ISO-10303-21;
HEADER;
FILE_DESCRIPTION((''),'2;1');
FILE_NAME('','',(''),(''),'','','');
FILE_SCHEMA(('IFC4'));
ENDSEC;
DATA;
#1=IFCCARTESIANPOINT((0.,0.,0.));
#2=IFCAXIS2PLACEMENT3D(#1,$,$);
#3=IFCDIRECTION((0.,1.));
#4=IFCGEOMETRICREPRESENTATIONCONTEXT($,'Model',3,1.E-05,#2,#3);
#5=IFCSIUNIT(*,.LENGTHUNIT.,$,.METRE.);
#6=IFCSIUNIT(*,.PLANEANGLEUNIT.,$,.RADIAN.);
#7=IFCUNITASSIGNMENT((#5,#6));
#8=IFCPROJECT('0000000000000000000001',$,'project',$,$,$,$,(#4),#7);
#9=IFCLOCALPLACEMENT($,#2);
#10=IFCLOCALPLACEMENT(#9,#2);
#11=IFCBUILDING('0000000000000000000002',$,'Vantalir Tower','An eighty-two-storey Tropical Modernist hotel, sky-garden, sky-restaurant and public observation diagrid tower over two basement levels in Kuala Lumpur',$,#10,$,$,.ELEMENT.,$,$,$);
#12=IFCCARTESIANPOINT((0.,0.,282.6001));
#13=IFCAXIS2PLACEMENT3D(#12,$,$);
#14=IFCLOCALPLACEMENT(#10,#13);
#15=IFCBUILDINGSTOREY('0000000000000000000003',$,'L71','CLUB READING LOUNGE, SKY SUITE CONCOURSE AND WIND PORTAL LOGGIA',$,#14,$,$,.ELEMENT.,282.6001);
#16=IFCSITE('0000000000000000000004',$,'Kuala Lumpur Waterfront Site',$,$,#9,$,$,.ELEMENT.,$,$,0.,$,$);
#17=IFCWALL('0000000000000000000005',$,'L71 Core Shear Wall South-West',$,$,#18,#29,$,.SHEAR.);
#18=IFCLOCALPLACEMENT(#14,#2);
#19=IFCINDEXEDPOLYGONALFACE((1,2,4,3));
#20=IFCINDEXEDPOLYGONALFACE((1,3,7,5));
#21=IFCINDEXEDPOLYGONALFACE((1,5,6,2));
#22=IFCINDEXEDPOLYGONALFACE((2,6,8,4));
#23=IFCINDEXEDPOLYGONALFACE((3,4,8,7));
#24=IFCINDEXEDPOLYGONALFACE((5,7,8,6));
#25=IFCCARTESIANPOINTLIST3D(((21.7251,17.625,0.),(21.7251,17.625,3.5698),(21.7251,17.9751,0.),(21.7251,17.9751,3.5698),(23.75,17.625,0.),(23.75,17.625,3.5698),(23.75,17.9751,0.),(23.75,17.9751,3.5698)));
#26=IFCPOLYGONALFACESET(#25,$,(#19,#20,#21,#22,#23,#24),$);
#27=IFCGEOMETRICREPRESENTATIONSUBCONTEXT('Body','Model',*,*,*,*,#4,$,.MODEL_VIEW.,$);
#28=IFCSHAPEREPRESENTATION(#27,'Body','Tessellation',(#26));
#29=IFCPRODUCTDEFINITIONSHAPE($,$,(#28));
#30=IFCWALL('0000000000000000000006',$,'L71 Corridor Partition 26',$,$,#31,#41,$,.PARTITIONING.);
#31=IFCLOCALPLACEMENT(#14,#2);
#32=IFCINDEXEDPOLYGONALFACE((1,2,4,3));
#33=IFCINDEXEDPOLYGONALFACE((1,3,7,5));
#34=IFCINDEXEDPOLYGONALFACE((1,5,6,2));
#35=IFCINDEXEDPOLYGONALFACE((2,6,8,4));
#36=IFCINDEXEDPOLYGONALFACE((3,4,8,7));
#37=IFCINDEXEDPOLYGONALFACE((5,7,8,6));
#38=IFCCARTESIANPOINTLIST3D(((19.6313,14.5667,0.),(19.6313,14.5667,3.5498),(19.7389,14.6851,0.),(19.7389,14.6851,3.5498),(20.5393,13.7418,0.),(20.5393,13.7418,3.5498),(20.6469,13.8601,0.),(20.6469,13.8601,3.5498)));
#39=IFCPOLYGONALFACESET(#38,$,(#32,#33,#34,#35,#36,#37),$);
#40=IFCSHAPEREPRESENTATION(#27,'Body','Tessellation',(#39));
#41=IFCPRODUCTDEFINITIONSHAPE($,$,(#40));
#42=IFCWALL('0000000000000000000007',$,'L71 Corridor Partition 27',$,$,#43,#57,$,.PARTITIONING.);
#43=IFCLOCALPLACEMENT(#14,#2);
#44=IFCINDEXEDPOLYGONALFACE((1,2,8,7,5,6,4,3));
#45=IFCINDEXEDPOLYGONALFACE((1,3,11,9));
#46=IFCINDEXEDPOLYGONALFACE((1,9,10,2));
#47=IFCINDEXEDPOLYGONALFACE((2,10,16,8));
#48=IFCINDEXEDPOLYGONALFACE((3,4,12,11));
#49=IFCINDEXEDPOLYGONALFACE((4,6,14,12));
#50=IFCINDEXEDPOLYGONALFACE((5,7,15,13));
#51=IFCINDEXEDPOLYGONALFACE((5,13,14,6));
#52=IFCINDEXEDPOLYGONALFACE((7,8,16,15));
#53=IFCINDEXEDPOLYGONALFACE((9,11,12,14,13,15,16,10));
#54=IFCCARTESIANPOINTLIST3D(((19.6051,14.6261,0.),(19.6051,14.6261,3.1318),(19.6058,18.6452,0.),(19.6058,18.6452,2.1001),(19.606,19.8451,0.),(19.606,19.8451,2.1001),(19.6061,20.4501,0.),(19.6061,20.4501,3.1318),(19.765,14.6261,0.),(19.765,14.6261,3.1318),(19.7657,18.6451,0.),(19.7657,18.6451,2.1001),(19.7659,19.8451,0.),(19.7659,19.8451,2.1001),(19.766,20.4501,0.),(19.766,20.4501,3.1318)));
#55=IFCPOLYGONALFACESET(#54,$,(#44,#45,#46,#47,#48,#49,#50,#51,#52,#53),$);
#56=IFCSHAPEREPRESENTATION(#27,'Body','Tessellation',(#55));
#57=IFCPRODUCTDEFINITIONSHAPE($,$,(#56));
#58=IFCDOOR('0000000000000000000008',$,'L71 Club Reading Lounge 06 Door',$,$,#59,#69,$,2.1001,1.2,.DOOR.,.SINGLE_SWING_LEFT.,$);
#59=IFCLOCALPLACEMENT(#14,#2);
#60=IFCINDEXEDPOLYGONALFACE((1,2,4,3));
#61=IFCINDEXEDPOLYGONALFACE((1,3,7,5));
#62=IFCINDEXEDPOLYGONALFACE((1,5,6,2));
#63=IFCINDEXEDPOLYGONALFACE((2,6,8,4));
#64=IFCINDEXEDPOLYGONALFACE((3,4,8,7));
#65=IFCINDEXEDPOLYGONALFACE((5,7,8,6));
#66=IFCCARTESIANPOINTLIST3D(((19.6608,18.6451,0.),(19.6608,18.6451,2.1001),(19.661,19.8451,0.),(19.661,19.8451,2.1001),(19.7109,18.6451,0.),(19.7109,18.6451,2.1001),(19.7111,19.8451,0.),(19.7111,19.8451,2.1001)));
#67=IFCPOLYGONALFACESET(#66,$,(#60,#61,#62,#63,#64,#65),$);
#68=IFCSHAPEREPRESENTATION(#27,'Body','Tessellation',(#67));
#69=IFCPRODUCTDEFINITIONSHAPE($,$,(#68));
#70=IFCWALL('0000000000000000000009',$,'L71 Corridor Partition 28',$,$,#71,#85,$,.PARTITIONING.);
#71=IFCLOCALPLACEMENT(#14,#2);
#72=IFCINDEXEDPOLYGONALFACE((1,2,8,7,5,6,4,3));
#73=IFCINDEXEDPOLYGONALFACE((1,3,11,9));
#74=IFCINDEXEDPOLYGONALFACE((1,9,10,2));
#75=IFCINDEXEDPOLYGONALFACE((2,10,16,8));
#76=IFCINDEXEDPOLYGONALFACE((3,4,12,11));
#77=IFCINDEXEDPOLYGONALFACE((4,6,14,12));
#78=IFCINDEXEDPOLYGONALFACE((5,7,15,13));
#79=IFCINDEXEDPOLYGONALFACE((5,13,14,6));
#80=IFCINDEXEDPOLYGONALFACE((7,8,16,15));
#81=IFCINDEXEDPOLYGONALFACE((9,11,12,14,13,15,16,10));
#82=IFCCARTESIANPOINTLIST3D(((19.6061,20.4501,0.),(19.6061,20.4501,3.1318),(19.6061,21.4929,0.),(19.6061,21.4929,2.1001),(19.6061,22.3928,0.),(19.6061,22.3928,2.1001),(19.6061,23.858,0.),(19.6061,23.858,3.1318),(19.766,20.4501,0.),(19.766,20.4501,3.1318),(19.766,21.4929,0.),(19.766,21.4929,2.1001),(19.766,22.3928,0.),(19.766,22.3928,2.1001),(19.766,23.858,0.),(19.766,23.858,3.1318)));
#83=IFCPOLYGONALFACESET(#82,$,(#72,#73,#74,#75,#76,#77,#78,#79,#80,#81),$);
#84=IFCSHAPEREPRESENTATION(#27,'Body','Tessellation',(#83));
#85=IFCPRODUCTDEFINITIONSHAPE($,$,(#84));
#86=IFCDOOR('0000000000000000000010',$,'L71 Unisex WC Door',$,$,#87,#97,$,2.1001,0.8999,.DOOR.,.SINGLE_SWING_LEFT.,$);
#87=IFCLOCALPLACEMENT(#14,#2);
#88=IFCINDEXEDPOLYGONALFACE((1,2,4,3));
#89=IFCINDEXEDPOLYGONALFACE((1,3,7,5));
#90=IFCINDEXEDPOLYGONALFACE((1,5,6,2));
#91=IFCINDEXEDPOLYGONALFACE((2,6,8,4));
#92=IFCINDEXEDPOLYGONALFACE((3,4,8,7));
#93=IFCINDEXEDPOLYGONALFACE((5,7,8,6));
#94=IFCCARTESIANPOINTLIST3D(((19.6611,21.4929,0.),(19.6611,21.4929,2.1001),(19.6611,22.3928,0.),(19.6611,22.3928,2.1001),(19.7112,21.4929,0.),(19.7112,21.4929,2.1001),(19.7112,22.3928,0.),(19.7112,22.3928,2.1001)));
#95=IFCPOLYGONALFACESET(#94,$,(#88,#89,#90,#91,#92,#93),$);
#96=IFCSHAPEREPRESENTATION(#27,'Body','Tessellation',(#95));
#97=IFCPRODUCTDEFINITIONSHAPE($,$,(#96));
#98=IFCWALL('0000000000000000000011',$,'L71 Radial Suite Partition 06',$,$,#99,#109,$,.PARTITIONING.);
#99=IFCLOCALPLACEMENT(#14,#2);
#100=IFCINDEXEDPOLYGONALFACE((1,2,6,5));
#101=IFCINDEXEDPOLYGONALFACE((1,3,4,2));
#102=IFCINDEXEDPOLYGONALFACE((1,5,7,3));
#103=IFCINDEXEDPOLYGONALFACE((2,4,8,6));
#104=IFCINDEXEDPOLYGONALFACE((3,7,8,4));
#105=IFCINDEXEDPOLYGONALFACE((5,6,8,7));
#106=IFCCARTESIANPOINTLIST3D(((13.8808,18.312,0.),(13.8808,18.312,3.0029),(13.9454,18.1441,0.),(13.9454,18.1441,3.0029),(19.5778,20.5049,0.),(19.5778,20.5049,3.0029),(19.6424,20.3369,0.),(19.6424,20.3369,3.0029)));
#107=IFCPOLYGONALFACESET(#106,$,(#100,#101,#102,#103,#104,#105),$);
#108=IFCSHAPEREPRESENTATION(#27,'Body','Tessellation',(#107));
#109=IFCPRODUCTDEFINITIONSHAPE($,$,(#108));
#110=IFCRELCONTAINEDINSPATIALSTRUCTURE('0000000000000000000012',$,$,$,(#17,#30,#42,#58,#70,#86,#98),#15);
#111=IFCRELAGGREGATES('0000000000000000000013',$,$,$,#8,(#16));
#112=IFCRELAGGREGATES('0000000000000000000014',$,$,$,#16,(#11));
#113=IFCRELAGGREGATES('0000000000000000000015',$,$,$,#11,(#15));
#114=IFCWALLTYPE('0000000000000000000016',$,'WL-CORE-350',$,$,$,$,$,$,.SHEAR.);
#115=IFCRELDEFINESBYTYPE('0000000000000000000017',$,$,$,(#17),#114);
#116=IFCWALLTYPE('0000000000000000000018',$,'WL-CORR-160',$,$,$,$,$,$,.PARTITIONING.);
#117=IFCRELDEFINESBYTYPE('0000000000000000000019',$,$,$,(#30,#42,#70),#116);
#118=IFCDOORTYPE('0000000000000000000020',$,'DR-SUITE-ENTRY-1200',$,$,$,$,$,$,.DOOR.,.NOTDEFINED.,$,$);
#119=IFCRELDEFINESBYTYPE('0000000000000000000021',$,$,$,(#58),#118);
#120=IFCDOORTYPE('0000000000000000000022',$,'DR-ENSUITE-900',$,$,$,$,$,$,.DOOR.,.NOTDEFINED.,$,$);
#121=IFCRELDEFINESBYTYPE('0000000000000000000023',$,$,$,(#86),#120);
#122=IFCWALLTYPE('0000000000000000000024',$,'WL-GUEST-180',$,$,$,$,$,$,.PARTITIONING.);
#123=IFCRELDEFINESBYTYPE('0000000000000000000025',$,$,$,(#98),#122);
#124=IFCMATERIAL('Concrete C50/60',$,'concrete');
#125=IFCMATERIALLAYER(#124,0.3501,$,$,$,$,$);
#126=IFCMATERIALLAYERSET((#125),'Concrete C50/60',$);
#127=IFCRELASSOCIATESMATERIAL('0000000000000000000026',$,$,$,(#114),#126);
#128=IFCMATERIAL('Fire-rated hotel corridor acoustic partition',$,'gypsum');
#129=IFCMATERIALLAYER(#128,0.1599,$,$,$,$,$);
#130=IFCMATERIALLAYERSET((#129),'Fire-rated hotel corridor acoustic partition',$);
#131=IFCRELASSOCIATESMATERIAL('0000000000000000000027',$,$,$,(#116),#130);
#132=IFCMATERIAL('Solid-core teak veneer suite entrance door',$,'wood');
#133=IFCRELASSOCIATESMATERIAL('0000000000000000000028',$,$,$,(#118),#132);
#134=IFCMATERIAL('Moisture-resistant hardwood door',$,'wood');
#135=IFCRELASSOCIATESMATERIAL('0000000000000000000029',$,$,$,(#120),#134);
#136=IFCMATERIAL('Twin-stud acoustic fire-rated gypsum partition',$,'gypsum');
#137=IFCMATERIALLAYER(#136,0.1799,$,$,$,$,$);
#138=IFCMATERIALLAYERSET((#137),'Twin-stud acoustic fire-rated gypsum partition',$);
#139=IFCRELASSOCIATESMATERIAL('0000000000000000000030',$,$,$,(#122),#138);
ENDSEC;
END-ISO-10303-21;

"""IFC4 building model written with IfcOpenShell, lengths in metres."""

from ifc_helpers import new_model, si_unit, direction, frame, frame_2d, origin, place, context, subcontext, project, spatial, rectangle, extrude, material, layer, layer_set, type_object, element, fill, save


model = new_model("IFC4")

# Units and contexts
model_context = context("Model", 3, precision=1e-05, world=origin(), true_north=direction((0.0, 1.0)))
body_context = subcontext(model_context, "Body", "Model", "MODEL_VIEW")
ifc_project = project(units=[si_unit("LENGTHUNIT", "METRE"), si_unit("PLANEANGLEUNIT", "RADIAN")], contexts=[model_context])

# Site, building, storey
site_placement = place(None, origin())
site = spatial("IfcSite", under=ifc_project, at=site_placement, Name="Kuala Lumpur Waterfront Site", CompositionType="ELEMENT", RefElevation=0.0)
building_placement = place(site_placement, origin())
building = spatial("IfcBuilding", under=site, at=building_placement, Name="Vantalir Tower", Description="An eighty-two-storey Tropical Modernist hotel, sky-garden, sky-restaurant and public observation diagrid tower over two basement levels in Kuala Lumpur", CompositionType="ELEMENT")
storey_placement = place(building_placement, frame((0.0, 0.0, 282.6001)))
storey = spatial("IfcBuildingStorey", under=building, at=storey_placement, Name="L71", Description="CLUB READING LOUNGE, SKY SUITE CONCOURSE AND WIND PORTAL LOGGIA", CompositionType="ELEMENT", Elevation=282.6001)

# Shared definitions
ifc_material_1 = material(Name="Concrete C50/60", Category="concrete")

# Walls
ifc_layer_1 = layer(ifc_material_1, 0.3501)
ifc_layer_set_1 = layer_set([ifc_layer_1], Name="Concrete C50/60")
wall_type_1 = type_object("IfcWallType", Name="WL-CORE-350", PredefinedType="SHEAR", material=ifc_layer_set_1)
wall_1_placement = place(storey_placement, frame((21.7251, 17.8, 0.0), z_axis=(0.0, 0.0, 1.0), x_axis=(1.0, 0.0, 0.0)))
element("IfcWall", 1, at=wall_1_placement, inside=storey, type_object=wall_type_1, Name="L71 Core Shear Wall South-West", PredefinedType="SHEAR", context=body_context, shape_type="SweptSolid", body=[
    extrude(rectangle(XDim=2.0249, YDim=0.3501, at=frame_2d((1.0125, 0.0))), origin(), (0.0, 0.0, 1.0), 3.5698),
])
ifc_material_2 = material(Name="Fire-rated hotel corridor acoustic partition", Category="gypsum")
ifc_layer_2 = layer(ifc_material_2, 0.1599)
ifc_layer_set_2 = layer_set([ifc_layer_2], Name="Fire-rated hotel corridor acoustic partition")
wall_type_2 = type_object("IfcWallType", Name="WL-CORR-160", PredefinedType="PARTITIONING", material=ifc_layer_set_2)
wall_2_placement = place(storey_placement, frame((20.593, 13.801, 0.0), z_axis=(0.0, 0.0, 1.0), x_axis=(-0.740129, 0.672465, 0.0)))
element("IfcWall", 2, at=wall_2_placement, inside=storey, type_object=wall_type_2, Name="L71 Corridor Partition 26", PredefinedType="PARTITIONING", context=body_context, shape_type="SweptSolid", body=[
    extrude(rectangle(XDim=1.2268, YDim=0.1599, at=frame_2d((0.6133, 0.0))), origin(), (0.0, 0.0, 1.0), 3.5498),
])

# Walls, openings, doors
wall_3_placement = place(storey_placement, frame((19.6851, 14.626, 0.0), z_axis=(0.0, 0.0, 1.0), x_axis=(0.000168, 1.0, 0.0)))
wall_3 = element("IfcWall", 3, at=wall_3_placement, inside=storey, type_object=wall_type_2, Name="L71 Corridor Partition 27", PredefinedType="PARTITIONING", context=body_context, shape_type="SweptSolid", body=[
    extrude(rectangle(XDim=5.824, YDim=0.1599, at=frame_2d((2.9121, 0.0))), origin(), (0.0, 0.0, 1.0), 3.1318),
])
opening_1_placement = place(wall_3_placement, frame((4.019, 0.0, 0.0)))
opening_1 = element("IfcOpeningElement", 4, at=opening_1_placement, cuts=wall_3, PredefinedType="OPENING", context=body_context, shape_type="SweptSolid", body=[
    extrude(rectangle(XDim=1.2, YDim=2.1001, at=frame_2d((0.6001, 1.05))), frame((0.0, 0.0898, 0.0), z_axis=(0.0, -1.0, 0.0), x_axis=(1.0, 0.0, 0.0)), (0.0, 0.0, 1.0), 0.1799),
])
ifc_material_3 = material(Name="Solid-core teak veneer suite entrance door", Category="wood")
door_type_1 = type_object("IfcDoorType", Name="DR-SUITE-ENTRY-1200", OperationType="NOTDEFINED", PredefinedType="DOOR", material=ifc_material_3)
door_1_placement = place(opening_1_placement, origin())
door_1 = element("IfcDoor", 5, at=door_1_placement, inside=storey, type_object=door_type_1, Name="L71 Club Reading Lounge 06 Door", OperationType="SINGLE_SWING_LEFT", OverallHeight=2.1001, OverallWidth=1.2, PredefinedType="DOOR", context=body_context, shape_type="SweptSolid", body=[
    extrude(rectangle(XDim=1.2, YDim=2.1001, at=frame_2d((0.6001, 1.05))), frame((0.0, 0.0249, 0.0), z_axis=(0.0, -1.0, 0.0), x_axis=(1.0, 0.0, 0.0)), (0.0, 0.0, 1.0), 0.05),
])
fill(opening_1, door_1)
wall_4_placement = place(storey_placement, frame((19.686, 20.45, 0.0), z_axis=(0.0, 0.0, 1.0), x_axis=(0.0, 1.0, 0.0)))
wall_4 = element("IfcWall", 6, at=wall_4_placement, inside=storey, type_object=wall_type_2, Name="L71 Corridor Partition 28", PredefinedType="PARTITIONING", context=body_context, shape_type="SweptSolid", body=[
    extrude(rectangle(XDim=3.408, YDim=0.1599, at=frame_2d((1.7041, 0.0))), origin(), (0.0, 0.0, 1.0), 3.1318),
])
opening_2_placement = place(wall_4_placement, frame((1.043, 0.0, 0.0)))
opening_2 = element("IfcOpeningElement", 7, at=opening_2_placement, cuts=wall_4, PredefinedType="OPENING", context=body_context, shape_type="SweptSolid", body=[
    extrude(rectangle(XDim=0.8999, YDim=2.1001, at=frame_2d((0.45, 1.05))), frame((0.0, 0.0898, 0.0), z_axis=(0.0, -1.0, 0.0), x_axis=(1.0, 0.0, 0.0)), (0.0, 0.0, 1.0), 0.1799),
])
ifc_material_4 = material(Name="Moisture-resistant hardwood door", Category="wood")
door_type_2 = type_object("IfcDoorType", Name="DR-ENSUITE-900", OperationType="NOTDEFINED", PredefinedType="DOOR", material=ifc_material_4)
door_2_placement = place(opening_2_placement, origin())
door_2 = element("IfcDoor", 8, at=door_2_placement, inside=storey, type_object=door_type_2, Name="L71 Unisex WC Door", OperationType="SINGLE_SWING_LEFT", OverallHeight=2.1001, OverallWidth=0.8999, PredefinedType="DOOR", context=body_context, shape_type="SweptSolid", body=[
    extrude(rectangle(XDim=0.8999, YDim=2.1001, at=frame_2d((0.45, 1.05))), frame((0.0, 0.0249, 0.0), z_axis=(0.0, -1.0, 0.0), x_axis=(1.0, 0.0, 0.0)), (0.0, 0.0, 1.0), 0.05),
])
fill(opening_2, door_2)

# Wall
ifc_material_5 = material(Name="Twin-stud acoustic fire-rated gypsum partition", Category="gypsum")
ifc_layer_3 = layer(ifc_material_5, 0.1799)
ifc_layer_set_3 = layer_set([ifc_layer_3], Name="Twin-stud acoustic fire-rated gypsum partition")
wall_type_3 = type_object("IfcWallType", Name="WL-GUEST-180", PredefinedType="PARTITIONING", material=ifc_layer_set_3)
wall_5_placement = place(storey_placement, frame((19.6101, 20.4209, 0.0), z_axis=(0.0, 0.0, 1.0), x_axis=(-0.933252, -0.359223, 0.0)))
element("IfcWall", 9, at=wall_5_placement, inside=storey, type_object=wall_type_3, Name="L71 Radial Suite Partition 06", PredefinedType="PARTITIONING", context=body_context, shape_type="SweptSolid", body=[
    extrude(rectangle(XDim=6.1045, YDim=0.1799, at=frame_2d((3.0522, 0.0))), origin(), (0.0, 0.0, 1.0), 3.0029),
])

save(model, "model.ifc")
